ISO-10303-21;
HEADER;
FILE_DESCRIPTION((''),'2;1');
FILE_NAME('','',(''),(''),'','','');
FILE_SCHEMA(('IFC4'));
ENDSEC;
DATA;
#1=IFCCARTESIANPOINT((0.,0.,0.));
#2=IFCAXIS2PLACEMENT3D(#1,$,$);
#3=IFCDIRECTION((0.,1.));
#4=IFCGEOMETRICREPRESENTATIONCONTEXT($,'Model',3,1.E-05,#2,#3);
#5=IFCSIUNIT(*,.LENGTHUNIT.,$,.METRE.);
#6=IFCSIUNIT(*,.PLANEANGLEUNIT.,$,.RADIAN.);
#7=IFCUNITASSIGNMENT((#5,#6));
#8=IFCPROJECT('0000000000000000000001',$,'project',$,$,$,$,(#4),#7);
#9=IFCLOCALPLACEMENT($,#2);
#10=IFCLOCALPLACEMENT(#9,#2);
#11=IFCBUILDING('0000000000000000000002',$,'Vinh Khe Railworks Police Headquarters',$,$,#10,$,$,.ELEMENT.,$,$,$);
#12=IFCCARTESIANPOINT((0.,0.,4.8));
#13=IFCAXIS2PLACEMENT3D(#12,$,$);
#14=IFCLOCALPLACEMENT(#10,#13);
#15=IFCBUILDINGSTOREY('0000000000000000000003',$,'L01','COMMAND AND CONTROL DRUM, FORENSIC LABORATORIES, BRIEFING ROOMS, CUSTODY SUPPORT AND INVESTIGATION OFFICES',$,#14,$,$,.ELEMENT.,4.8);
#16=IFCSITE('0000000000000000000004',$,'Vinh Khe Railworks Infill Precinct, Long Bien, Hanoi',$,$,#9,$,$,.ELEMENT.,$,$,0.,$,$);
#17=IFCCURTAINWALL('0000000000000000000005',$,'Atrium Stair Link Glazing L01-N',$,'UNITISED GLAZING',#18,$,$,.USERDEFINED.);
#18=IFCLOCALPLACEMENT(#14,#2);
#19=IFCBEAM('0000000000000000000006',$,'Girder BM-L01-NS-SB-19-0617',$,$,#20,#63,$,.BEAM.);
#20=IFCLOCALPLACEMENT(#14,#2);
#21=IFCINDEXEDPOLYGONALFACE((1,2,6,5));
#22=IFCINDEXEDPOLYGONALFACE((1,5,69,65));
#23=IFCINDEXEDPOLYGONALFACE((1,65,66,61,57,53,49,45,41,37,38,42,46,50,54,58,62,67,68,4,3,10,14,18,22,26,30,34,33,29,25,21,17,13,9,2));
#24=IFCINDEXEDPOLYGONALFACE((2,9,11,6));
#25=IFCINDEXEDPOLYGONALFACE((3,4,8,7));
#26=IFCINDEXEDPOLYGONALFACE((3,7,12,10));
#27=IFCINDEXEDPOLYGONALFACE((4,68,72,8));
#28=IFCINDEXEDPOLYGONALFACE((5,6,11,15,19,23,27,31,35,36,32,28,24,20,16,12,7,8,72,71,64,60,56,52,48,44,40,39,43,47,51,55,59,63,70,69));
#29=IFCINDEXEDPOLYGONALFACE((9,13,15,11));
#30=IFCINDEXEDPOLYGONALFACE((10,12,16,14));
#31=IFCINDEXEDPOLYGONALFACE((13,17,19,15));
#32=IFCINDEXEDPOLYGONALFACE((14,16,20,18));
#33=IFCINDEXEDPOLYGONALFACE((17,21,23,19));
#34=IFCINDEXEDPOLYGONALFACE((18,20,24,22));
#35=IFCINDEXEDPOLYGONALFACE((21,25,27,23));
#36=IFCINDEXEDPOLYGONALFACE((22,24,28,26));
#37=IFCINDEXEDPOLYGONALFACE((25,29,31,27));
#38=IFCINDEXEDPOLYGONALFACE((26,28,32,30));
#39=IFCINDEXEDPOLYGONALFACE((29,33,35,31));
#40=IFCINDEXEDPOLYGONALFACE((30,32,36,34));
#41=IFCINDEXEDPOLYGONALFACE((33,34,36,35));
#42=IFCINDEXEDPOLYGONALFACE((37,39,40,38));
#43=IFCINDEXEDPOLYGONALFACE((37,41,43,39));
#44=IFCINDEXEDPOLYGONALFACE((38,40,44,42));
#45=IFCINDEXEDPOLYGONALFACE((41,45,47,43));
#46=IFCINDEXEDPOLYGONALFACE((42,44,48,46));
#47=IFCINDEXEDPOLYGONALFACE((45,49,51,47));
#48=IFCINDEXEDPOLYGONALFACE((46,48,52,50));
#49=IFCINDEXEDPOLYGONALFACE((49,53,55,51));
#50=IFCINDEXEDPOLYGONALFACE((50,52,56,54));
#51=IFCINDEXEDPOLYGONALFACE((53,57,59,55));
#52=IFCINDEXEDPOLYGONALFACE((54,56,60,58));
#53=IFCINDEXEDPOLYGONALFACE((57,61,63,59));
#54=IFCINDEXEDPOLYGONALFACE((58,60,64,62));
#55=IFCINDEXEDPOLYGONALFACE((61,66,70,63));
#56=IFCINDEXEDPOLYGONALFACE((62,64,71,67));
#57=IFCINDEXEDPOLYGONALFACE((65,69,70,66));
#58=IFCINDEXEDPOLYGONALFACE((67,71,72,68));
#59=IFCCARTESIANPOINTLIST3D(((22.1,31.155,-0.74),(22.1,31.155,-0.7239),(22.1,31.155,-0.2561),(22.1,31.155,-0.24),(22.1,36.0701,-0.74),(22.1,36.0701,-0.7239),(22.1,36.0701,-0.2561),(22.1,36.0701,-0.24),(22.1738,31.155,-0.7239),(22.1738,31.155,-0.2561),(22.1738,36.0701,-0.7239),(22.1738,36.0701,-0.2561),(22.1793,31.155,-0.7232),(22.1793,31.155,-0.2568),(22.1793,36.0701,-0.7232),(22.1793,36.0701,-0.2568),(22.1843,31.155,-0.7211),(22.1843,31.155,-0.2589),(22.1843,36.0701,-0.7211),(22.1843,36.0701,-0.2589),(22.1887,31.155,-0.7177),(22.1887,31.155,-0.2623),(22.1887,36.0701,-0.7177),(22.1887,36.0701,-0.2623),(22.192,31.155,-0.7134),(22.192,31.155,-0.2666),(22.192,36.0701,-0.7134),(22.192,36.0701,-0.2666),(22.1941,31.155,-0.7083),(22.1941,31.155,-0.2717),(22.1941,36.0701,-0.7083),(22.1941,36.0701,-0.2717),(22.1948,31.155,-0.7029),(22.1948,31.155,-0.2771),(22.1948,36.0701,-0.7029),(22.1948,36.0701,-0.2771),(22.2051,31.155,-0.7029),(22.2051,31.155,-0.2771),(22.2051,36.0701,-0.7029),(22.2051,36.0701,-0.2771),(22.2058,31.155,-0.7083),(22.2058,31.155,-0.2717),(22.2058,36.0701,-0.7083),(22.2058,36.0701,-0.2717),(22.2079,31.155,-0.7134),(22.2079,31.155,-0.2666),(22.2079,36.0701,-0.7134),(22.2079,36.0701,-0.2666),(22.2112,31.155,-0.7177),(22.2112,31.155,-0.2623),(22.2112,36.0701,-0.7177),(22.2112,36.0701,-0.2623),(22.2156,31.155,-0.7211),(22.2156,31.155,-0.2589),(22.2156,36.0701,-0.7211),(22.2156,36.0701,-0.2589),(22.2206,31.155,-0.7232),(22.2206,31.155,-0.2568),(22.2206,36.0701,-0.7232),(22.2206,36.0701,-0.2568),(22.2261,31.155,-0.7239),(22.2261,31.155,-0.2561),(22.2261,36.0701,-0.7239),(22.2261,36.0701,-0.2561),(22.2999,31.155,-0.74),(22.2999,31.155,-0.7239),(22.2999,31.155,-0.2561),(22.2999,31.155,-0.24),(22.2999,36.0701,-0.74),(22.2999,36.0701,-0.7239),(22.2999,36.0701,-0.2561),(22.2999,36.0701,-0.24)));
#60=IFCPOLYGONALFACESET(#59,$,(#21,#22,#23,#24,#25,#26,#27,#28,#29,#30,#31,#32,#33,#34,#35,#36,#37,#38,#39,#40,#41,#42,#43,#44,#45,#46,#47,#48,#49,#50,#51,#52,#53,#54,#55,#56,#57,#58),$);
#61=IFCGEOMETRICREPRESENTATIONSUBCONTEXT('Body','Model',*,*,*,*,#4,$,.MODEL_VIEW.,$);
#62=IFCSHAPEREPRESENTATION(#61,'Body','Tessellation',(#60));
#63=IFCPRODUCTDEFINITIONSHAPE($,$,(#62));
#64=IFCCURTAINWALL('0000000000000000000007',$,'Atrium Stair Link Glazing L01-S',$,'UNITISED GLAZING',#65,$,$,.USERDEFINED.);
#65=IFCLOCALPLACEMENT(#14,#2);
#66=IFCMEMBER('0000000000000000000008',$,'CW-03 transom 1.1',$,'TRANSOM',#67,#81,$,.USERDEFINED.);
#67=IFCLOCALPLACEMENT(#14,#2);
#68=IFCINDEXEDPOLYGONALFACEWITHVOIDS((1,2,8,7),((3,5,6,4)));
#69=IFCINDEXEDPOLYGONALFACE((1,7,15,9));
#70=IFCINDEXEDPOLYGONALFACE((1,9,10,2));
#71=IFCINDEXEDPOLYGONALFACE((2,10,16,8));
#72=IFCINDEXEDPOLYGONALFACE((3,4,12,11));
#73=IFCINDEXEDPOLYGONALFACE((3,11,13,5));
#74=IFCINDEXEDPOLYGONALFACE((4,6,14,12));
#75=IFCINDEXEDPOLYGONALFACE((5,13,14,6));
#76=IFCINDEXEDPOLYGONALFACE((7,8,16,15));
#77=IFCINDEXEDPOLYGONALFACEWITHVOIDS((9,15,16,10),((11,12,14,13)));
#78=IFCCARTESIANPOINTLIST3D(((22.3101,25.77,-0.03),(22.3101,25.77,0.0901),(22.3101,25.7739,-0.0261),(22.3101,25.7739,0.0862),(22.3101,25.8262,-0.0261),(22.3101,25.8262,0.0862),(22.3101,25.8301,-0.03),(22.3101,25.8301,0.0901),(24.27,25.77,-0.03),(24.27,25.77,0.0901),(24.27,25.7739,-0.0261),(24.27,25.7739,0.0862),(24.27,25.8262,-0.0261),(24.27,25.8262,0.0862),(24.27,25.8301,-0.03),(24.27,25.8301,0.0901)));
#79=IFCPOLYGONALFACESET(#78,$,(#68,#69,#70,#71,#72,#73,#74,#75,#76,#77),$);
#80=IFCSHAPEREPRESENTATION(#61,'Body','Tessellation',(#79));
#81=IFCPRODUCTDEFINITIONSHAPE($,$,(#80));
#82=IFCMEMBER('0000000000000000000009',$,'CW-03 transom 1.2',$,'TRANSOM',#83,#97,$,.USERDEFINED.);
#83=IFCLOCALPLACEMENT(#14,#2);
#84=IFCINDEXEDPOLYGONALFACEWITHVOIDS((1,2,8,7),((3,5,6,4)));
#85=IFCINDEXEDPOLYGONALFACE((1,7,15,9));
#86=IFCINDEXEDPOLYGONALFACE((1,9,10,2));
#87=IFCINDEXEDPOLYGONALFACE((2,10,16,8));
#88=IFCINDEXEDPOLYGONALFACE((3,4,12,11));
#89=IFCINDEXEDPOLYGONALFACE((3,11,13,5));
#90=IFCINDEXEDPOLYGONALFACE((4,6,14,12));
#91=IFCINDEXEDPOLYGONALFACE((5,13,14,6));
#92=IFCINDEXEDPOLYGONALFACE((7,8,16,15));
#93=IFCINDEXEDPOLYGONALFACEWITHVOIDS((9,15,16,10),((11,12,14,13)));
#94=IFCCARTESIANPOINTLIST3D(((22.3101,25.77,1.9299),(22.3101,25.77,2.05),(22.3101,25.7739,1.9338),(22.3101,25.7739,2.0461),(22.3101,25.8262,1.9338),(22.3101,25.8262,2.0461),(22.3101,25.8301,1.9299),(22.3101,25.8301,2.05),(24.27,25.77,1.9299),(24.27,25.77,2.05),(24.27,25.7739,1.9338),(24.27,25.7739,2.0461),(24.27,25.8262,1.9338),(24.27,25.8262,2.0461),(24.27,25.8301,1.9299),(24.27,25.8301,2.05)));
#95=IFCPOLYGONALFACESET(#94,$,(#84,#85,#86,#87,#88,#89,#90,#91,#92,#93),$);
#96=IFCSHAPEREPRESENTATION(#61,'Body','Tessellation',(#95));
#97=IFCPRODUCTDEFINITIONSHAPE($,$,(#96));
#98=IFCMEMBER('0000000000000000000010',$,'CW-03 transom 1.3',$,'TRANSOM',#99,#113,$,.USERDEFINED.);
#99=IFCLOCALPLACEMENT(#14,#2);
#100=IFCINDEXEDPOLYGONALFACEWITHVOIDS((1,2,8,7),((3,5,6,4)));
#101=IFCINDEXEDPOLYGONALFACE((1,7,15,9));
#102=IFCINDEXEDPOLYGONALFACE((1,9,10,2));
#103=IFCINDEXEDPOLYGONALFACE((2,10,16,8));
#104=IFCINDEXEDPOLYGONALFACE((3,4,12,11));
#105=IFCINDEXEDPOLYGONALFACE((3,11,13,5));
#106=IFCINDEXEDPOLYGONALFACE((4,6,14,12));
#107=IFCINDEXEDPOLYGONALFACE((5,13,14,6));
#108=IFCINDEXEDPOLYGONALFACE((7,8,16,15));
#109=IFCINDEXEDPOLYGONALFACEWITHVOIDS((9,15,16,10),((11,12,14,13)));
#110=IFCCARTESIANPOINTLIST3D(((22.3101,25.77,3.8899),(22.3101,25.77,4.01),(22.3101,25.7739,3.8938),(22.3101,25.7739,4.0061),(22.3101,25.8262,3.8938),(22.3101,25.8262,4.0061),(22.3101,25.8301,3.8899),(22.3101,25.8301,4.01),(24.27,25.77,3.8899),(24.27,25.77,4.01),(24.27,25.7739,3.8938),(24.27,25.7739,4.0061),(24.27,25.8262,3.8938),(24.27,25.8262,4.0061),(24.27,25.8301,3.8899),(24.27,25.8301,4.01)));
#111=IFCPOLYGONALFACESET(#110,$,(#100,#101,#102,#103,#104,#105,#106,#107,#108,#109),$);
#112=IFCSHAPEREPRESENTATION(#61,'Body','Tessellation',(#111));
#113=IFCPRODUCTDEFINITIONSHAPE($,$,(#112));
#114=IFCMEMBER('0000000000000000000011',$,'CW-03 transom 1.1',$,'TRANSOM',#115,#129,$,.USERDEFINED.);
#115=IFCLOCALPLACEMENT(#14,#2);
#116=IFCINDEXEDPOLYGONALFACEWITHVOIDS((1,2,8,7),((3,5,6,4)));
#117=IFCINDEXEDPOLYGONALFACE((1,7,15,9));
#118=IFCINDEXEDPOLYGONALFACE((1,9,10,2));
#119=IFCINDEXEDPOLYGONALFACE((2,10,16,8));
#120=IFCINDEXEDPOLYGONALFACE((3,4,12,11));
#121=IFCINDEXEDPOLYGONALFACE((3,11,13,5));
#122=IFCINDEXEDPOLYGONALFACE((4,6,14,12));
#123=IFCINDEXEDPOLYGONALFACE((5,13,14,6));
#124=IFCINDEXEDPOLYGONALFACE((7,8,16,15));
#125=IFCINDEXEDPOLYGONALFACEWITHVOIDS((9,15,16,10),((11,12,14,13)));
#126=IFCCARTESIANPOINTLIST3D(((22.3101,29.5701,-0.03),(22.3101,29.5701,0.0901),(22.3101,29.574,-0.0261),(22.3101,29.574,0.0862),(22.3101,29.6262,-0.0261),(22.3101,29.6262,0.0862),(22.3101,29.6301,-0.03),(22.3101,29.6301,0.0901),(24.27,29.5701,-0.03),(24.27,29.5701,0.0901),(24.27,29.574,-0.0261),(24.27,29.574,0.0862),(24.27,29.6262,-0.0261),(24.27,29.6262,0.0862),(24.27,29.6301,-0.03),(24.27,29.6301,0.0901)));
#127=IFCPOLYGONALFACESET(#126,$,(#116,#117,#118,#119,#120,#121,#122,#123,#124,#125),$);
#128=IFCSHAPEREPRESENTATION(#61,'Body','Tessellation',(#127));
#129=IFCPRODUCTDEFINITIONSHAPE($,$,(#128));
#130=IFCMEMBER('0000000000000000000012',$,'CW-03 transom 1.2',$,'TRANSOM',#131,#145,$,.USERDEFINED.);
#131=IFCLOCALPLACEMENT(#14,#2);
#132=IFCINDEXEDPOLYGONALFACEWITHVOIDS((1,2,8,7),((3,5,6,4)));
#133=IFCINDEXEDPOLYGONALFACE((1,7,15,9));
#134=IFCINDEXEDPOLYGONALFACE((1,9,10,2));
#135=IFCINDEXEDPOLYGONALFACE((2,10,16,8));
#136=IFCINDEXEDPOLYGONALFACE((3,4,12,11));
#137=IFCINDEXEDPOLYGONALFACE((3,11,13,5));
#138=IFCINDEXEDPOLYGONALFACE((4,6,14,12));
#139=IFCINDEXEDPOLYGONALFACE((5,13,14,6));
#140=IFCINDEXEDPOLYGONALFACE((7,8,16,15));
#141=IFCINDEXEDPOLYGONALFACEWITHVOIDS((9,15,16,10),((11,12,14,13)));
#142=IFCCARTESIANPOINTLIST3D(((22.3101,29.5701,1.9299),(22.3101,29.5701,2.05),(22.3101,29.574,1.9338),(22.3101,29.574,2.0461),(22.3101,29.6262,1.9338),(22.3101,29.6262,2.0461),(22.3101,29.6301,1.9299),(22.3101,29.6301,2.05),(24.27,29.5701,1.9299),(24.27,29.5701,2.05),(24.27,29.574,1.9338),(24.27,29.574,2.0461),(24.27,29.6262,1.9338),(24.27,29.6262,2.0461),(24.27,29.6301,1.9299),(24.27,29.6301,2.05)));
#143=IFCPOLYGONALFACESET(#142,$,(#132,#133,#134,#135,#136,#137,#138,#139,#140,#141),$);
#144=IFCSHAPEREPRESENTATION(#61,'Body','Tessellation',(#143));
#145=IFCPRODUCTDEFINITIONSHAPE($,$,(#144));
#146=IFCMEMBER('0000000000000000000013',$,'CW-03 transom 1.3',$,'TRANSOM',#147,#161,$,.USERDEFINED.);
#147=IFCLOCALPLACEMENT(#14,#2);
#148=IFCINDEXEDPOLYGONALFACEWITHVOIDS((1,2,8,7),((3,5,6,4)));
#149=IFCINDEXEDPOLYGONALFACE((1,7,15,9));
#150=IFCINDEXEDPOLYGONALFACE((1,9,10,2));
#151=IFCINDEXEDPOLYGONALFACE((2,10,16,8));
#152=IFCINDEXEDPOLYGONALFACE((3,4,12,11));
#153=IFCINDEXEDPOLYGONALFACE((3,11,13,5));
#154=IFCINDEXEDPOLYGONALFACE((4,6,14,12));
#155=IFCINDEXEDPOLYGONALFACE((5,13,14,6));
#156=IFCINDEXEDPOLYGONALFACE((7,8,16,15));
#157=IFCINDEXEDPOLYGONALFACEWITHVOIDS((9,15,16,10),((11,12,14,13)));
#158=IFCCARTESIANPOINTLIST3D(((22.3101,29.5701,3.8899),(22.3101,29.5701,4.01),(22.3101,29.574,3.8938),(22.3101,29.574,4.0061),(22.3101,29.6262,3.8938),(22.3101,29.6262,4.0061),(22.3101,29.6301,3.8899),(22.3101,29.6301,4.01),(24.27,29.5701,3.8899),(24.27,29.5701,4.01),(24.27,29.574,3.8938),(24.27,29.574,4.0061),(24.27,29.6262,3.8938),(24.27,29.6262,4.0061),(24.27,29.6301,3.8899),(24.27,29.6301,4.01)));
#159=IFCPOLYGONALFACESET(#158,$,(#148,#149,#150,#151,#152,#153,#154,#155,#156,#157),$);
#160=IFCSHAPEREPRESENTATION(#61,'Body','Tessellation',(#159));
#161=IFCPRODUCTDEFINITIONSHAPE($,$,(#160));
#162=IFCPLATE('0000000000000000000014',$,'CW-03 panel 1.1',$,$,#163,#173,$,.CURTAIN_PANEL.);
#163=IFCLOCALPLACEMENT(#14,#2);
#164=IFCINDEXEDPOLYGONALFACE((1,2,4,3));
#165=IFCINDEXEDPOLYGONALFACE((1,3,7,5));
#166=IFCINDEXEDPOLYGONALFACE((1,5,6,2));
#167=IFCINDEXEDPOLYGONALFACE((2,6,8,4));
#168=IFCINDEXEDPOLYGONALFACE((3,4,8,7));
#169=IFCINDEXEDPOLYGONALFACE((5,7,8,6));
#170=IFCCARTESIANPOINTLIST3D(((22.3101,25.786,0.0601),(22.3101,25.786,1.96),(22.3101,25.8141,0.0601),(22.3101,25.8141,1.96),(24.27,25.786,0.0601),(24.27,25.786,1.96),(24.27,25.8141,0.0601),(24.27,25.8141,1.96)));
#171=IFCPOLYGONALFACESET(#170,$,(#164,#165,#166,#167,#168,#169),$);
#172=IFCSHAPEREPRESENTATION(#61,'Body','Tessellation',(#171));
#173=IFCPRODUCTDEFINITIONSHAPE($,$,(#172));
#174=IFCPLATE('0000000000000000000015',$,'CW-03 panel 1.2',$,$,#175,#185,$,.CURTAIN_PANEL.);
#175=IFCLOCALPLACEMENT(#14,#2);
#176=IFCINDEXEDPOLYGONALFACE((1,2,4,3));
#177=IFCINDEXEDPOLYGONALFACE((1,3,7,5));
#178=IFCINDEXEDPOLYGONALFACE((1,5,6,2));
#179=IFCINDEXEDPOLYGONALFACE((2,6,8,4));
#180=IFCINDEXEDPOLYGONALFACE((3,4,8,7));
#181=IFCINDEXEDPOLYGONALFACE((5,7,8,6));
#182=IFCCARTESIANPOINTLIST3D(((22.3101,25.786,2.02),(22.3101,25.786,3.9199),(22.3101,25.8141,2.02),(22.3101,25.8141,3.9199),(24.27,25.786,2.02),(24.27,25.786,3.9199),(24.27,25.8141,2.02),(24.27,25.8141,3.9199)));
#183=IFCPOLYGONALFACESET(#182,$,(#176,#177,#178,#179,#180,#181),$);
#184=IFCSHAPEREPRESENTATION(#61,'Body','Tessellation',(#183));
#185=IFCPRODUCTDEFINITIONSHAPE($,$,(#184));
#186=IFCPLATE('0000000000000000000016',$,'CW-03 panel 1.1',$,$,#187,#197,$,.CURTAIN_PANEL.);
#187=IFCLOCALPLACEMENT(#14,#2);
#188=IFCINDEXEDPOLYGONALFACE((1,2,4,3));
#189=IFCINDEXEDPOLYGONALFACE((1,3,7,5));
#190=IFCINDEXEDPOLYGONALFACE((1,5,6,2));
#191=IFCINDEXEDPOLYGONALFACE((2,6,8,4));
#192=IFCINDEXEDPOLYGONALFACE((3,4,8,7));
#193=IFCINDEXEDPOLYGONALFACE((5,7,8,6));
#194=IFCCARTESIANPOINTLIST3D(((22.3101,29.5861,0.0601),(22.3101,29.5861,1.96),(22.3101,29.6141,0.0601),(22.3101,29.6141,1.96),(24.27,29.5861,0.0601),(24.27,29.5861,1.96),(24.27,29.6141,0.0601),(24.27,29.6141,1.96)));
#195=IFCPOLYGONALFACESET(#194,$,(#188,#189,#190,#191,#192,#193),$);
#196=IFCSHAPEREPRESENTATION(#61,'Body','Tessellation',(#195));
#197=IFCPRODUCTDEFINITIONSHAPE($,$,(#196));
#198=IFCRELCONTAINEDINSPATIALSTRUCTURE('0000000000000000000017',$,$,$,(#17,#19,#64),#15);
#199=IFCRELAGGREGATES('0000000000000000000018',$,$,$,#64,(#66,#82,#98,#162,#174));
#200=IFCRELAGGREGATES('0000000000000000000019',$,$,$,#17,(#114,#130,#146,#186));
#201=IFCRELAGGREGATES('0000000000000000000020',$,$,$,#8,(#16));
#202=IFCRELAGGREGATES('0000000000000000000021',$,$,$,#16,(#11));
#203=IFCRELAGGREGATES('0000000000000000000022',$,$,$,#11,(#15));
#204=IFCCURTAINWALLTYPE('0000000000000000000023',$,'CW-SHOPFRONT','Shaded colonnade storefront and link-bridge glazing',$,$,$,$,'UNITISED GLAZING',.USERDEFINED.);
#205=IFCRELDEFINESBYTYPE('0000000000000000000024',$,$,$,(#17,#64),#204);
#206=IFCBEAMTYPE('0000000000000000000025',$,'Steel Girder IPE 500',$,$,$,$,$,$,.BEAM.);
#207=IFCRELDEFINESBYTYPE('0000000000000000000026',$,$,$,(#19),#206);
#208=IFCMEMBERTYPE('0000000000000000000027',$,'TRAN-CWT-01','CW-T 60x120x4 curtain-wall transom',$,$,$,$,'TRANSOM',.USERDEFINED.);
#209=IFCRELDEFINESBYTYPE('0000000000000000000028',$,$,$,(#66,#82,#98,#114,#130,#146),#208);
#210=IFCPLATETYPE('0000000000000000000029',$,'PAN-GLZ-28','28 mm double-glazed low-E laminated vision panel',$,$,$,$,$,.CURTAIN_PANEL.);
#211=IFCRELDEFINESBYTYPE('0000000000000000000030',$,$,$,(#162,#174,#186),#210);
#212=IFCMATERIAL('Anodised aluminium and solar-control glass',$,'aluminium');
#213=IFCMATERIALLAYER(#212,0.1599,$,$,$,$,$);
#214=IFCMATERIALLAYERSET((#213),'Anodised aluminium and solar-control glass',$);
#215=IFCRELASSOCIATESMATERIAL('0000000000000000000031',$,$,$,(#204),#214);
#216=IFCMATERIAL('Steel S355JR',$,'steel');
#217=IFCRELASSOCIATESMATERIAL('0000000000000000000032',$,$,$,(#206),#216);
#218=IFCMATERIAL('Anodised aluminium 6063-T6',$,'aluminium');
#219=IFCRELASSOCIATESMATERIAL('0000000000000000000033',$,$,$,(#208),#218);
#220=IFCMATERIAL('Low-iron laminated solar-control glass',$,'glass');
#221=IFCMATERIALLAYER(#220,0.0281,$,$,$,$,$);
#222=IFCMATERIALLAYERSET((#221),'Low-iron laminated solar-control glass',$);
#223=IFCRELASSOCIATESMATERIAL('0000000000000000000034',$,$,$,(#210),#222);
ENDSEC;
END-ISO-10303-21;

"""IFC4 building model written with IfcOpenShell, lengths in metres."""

from ifc_helpers import new_model, si_unit, direction, frame, origin, origin_2d, place, context, subcontext, project, spatial, rectangle, hollow_rectangle, i_section, extrude, material, layer, layer_set, material_profile, profile_set, type_object, element, aggregate, save


model = new_model("IFC4")

# Units and contexts
model_context = context("Model", 3, precision=1e-05, world=origin(), true_north=direction((0.0, 1.0)))
body_context = subcontext(model_context, "Body", "Model", "MODEL_VIEW")
ifc_project = project(units=[si_unit("LENGTHUNIT", "METRE"), si_unit("PLANEANGLEUNIT", "RADIAN")], contexts=[model_context])

# Site, building, storey
site_placement = place(None, origin())
site = spatial("IfcSite", under=ifc_project, at=site_placement, Name="Vinh Khe Railworks Infill Precinct, Long Bien, Hanoi", CompositionType="ELEMENT", RefElevation=0.0)
building_placement = place(site_placement, origin())
building = spatial("IfcBuilding", under=site, at=building_placement, Name="Vinh Khe Railworks Police Headquarters", CompositionType="ELEMENT")
storey_placement = place(building_placement, frame((0.0, 0.0, 4.8)))
storey = spatial("IfcBuildingStorey", under=building, at=storey_placement, Name="L01", Description="COMMAND AND CONTROL DRUM, FORENSIC LABORATORIES, BRIEFING ROOMS, CUSTODY SUPPORT AND INVESTIGATION OFFICES", CompositionType="ELEMENT", Elevation=4.8)

# Shared definitions
ifc_material_1 = material(Name="Steel S355JR", Category="steel")

# Curtain wall
ifc_material_2 = material(Name="Anodised aluminium and solar-control glass", Category="aluminium")
ifc_layer_1 = layer(ifc_material_2, 0.1599)
ifc_layer_set_1 = layer_set([ifc_layer_1], Name="Anodised aluminium and solar-control glass")
curtain_wall_type = type_object("IfcCurtainWallType", Name="CW-SHOPFRONT", Description="Shaded colonnade storefront and link-bridge glazing", ElementType="UNITISED GLAZING", PredefinedType="USERDEFINED", material=ifc_layer_set_1)
curtain_wall_1_placement = place(storey_placement, origin())
curtain_wall_1 = element("IfcCurtainWall", 1, at=curtain_wall_1_placement, inside=storey, type_object=curtain_wall_type, Name="Atrium Stair Link Glazing L01-N", ObjectType="UNITISED GLAZING", PredefinedType="USERDEFINED")
ifc_material_3 = material(Name="Anodised aluminium 6063-T6", Category="aluminium")

# Beam
ifc_material_profile_1 = material_profile(ifc_material_1, i_section(OverallWidth=0.2, OverallDepth=0.5, WebThickness=0.0103, FlangeThickness=0.0161, FilletRadius=0.021, at=origin_2d()), Name="IPE 500")
ifc_profile_set_1 = profile_set([ifc_material_profile_1], Name="Steel S355JR")
beam_type_1 = type_object("IfcBeamType", Name="Steel Girder IPE 500", PredefinedType="BEAM", material=ifc_profile_set_1)
beam_1_placement = place(storey_placement, frame((22.2, 31.155, -0.49), z_axis=(0.0, 1.0, 0.0), x_axis=(-1.0, 0.0, 0.0)))
element("IfcBeam", 2, at=beam_1_placement, inside=storey, type_object=beam_type_1, Name="Girder BM-L01-NS-SB-19-0617", PredefinedType="BEAM", context=body_context, shape_type="SweptSolid", body=[
    extrude(i_section(OverallWidth=0.2, OverallDepth=0.5, WebThickness=0.0103, FlangeThickness=0.0161, FilletRadius=0.021, at=origin_2d()), origin(), (0.0, 0.0, 1.0), 4.915),
])

# Curtain wall, members
curtain_wall_2_placement = place(storey_placement, origin())
curtain_wall_2 = element("IfcCurtainWall", 3, at=curtain_wall_2_placement, inside=storey, type_object=curtain_wall_type, Name="Atrium Stair Link Glazing L01-S", ObjectType="UNITISED GLAZING", PredefinedType="USERDEFINED")
ifc_material_profile_2 = material_profile(ifc_material_3, hollow_rectangle(XDim=0.0601, YDim=0.1201, WallThickness=0.0039, at=origin_2d()), Name="CW-T 60x120x4")
ifc_profile_set_2 = profile_set([ifc_material_profile_2], Name="Anodised aluminium 6063-T6")
member_type_1 = type_object("IfcMemberType", Name="TRAN-CWT-01", Description="CW-T 60x120x4 curtain-wall transom", ElementType="TRANSOM", PredefinedType="USERDEFINED", material=ifc_profile_set_2)
member_1_placement = place(storey_placement, frame((22.3101, 25.8, 0.03), z_axis=(1.0, 0.0, 0.0), x_axis=(0.0, 1.0, 0.0)))
member_1 = element("IfcMember", 4, at=member_1_placement, type_object=member_type_1, Name="CW-03 transom 1.1", ObjectType="TRANSOM", PredefinedType="USERDEFINED", context=body_context, shape_type="SweptSolid", body=[
    extrude(hollow_rectangle(XDim=0.0601, YDim=0.1201, WallThickness=0.0039, at=origin_2d()), origin(), (0.0, 0.0, 1.0), 1.96),
])
member_2_placement = place(storey_placement, frame((22.3101, 25.8, 1.99), z_axis=(1.0, 0.0, 0.0), x_axis=(0.0, 1.0, 0.0)))
member_2 = element("IfcMember", 5, at=member_2_placement, type_object=member_type_1, Name="CW-03 transom 1.2", ObjectType="TRANSOM", PredefinedType="USERDEFINED", context=body_context, shape_type="SweptSolid", body=[
    extrude(hollow_rectangle(XDim=0.0601, YDim=0.1201, WallThickness=0.0039, at=origin_2d()), origin(), (0.0, 0.0, 1.0), 1.96),
])
member_3_placement = place(storey_placement, frame((22.3101, 25.8, 3.95), z_axis=(1.0, 0.0, 0.0), x_axis=(0.0, 1.0, 0.0)))
member_3 = element("IfcMember", 6, at=member_3_placement, type_object=member_type_1, Name="CW-03 transom 1.3", ObjectType="TRANSOM", PredefinedType="USERDEFINED", context=body_context, shape_type="SweptSolid", body=[
    extrude(hollow_rectangle(XDim=0.0601, YDim=0.1201, WallThickness=0.0039, at=origin_2d()), origin(), (0.0, 0.0, 1.0), 1.96),
])

# Members
member_4_placement = place(storey_placement, frame((22.3101, 29.6001, 0.03), z_axis=(1.0, 0.0, 0.0), x_axis=(0.0, 1.0, 0.0)))
member_4 = element("IfcMember", 7, at=member_4_placement, type_object=member_type_1, Name="CW-03 transom 1.1", ObjectType="TRANSOM", PredefinedType="USERDEFINED", context=body_context, shape_type="SweptSolid", body=[
    extrude(hollow_rectangle(XDim=0.0601, YDim=0.1201, WallThickness=0.0039, at=origin_2d()), origin(), (0.0, 0.0, 1.0), 1.96),
])
member_5_placement = place(storey_placement, frame((22.3101, 29.6001, 1.99), z_axis=(1.0, 0.0, 0.0), x_axis=(0.0, 1.0, 0.0)))
member_5 = element("IfcMember", 8, at=member_5_placement, type_object=member_type_1, Name="CW-03 transom 1.2", ObjectType="TRANSOM", PredefinedType="USERDEFINED", context=body_context, shape_type="SweptSolid", body=[
    extrude(hollow_rectangle(XDim=0.0601, YDim=0.1201, WallThickness=0.0039, at=origin_2d()), origin(), (0.0, 0.0, 1.0), 1.96),
])
member_6_placement = place(storey_placement, frame((22.3101, 29.6001, 3.95), z_axis=(1.0, 0.0, 0.0), x_axis=(0.0, 1.0, 0.0)))
member_6 = element("IfcMember", 9, at=member_6_placement, type_object=member_type_1, Name="CW-03 transom 1.3", ObjectType="TRANSOM", PredefinedType="USERDEFINED", context=body_context, shape_type="SweptSolid", body=[
    extrude(hollow_rectangle(XDim=0.0601, YDim=0.1201, WallThickness=0.0039, at=origin_2d()), origin(), (0.0, 0.0, 1.0), 1.96),
])

# Plates
ifc_material_4 = material(Name="Low-iron laminated solar-control glass", Category="glass")
ifc_layer_2 = layer(ifc_material_4, 0.0281)
ifc_layer_set_2 = layer_set([ifc_layer_2], Name="Low-iron laminated solar-control glass")
plate_type_1 = type_object("IfcPlateType", Name="PAN-GLZ-28", Description="28 mm double-glazed low-E laminated vision panel", PredefinedType="CURTAIN_PANEL", material=ifc_layer_set_2)
plate_1_placement = place(storey_placement, frame((23.29, 25.8, 0.0601), z_axis=(0.0, 0.0, 1.0), x_axis=(1.0, 0.0, 0.0)))
plate_1 = element("IfcPlate", 10, at=plate_1_placement, type_object=plate_type_1, Name="CW-03 panel 1.1", PredefinedType="CURTAIN_PANEL", context=body_context, shape_type="SweptSolid", body=[
    extrude(rectangle(XDim=1.96, YDim=0.0281, at=origin_2d()), origin(), (0.0, 0.0, 1.0), 1.8999),
])
plate_2_placement = place(storey_placement, frame((23.29, 25.8, 2.02), z_axis=(0.0, 0.0, 1.0), x_axis=(1.0, 0.0, 0.0)))
plate_2 = element("IfcPlate", 11, at=plate_2_placement, type_object=plate_type_1, Name="CW-03 panel 1.2", PredefinedType="CURTAIN_PANEL", context=body_context, shape_type="SweptSolid", body=[
    extrude(rectangle(XDim=1.96, YDim=0.0281, at=origin_2d()), origin(), (0.0, 0.0, 1.0), 1.8999),
])
aggregate(curtain_wall_2, [member_1, member_2, member_3, plate_1, plate_2])
plate_3_placement = place(storey_placement, frame((23.29, 29.6001, 0.0601), z_axis=(0.0, 0.0, 1.0), x_axis=(1.0, 0.0, 0.0)))
plate_3 = element("IfcPlate", 12, at=plate_3_placement, type_object=plate_type_1, Name="CW-03 panel 1.1", PredefinedType="CURTAIN_PANEL", context=body_context, shape_type="SweptSolid", body=[
    extrude(rectangle(XDim=1.96, YDim=0.0281, at=origin_2d()), origin(), (0.0, 0.0, 1.0), 1.8999),
])
aggregate(curtain_wall_1, [member_4, member_5, member_6, plate_3])

save(model, "model.ifc")
